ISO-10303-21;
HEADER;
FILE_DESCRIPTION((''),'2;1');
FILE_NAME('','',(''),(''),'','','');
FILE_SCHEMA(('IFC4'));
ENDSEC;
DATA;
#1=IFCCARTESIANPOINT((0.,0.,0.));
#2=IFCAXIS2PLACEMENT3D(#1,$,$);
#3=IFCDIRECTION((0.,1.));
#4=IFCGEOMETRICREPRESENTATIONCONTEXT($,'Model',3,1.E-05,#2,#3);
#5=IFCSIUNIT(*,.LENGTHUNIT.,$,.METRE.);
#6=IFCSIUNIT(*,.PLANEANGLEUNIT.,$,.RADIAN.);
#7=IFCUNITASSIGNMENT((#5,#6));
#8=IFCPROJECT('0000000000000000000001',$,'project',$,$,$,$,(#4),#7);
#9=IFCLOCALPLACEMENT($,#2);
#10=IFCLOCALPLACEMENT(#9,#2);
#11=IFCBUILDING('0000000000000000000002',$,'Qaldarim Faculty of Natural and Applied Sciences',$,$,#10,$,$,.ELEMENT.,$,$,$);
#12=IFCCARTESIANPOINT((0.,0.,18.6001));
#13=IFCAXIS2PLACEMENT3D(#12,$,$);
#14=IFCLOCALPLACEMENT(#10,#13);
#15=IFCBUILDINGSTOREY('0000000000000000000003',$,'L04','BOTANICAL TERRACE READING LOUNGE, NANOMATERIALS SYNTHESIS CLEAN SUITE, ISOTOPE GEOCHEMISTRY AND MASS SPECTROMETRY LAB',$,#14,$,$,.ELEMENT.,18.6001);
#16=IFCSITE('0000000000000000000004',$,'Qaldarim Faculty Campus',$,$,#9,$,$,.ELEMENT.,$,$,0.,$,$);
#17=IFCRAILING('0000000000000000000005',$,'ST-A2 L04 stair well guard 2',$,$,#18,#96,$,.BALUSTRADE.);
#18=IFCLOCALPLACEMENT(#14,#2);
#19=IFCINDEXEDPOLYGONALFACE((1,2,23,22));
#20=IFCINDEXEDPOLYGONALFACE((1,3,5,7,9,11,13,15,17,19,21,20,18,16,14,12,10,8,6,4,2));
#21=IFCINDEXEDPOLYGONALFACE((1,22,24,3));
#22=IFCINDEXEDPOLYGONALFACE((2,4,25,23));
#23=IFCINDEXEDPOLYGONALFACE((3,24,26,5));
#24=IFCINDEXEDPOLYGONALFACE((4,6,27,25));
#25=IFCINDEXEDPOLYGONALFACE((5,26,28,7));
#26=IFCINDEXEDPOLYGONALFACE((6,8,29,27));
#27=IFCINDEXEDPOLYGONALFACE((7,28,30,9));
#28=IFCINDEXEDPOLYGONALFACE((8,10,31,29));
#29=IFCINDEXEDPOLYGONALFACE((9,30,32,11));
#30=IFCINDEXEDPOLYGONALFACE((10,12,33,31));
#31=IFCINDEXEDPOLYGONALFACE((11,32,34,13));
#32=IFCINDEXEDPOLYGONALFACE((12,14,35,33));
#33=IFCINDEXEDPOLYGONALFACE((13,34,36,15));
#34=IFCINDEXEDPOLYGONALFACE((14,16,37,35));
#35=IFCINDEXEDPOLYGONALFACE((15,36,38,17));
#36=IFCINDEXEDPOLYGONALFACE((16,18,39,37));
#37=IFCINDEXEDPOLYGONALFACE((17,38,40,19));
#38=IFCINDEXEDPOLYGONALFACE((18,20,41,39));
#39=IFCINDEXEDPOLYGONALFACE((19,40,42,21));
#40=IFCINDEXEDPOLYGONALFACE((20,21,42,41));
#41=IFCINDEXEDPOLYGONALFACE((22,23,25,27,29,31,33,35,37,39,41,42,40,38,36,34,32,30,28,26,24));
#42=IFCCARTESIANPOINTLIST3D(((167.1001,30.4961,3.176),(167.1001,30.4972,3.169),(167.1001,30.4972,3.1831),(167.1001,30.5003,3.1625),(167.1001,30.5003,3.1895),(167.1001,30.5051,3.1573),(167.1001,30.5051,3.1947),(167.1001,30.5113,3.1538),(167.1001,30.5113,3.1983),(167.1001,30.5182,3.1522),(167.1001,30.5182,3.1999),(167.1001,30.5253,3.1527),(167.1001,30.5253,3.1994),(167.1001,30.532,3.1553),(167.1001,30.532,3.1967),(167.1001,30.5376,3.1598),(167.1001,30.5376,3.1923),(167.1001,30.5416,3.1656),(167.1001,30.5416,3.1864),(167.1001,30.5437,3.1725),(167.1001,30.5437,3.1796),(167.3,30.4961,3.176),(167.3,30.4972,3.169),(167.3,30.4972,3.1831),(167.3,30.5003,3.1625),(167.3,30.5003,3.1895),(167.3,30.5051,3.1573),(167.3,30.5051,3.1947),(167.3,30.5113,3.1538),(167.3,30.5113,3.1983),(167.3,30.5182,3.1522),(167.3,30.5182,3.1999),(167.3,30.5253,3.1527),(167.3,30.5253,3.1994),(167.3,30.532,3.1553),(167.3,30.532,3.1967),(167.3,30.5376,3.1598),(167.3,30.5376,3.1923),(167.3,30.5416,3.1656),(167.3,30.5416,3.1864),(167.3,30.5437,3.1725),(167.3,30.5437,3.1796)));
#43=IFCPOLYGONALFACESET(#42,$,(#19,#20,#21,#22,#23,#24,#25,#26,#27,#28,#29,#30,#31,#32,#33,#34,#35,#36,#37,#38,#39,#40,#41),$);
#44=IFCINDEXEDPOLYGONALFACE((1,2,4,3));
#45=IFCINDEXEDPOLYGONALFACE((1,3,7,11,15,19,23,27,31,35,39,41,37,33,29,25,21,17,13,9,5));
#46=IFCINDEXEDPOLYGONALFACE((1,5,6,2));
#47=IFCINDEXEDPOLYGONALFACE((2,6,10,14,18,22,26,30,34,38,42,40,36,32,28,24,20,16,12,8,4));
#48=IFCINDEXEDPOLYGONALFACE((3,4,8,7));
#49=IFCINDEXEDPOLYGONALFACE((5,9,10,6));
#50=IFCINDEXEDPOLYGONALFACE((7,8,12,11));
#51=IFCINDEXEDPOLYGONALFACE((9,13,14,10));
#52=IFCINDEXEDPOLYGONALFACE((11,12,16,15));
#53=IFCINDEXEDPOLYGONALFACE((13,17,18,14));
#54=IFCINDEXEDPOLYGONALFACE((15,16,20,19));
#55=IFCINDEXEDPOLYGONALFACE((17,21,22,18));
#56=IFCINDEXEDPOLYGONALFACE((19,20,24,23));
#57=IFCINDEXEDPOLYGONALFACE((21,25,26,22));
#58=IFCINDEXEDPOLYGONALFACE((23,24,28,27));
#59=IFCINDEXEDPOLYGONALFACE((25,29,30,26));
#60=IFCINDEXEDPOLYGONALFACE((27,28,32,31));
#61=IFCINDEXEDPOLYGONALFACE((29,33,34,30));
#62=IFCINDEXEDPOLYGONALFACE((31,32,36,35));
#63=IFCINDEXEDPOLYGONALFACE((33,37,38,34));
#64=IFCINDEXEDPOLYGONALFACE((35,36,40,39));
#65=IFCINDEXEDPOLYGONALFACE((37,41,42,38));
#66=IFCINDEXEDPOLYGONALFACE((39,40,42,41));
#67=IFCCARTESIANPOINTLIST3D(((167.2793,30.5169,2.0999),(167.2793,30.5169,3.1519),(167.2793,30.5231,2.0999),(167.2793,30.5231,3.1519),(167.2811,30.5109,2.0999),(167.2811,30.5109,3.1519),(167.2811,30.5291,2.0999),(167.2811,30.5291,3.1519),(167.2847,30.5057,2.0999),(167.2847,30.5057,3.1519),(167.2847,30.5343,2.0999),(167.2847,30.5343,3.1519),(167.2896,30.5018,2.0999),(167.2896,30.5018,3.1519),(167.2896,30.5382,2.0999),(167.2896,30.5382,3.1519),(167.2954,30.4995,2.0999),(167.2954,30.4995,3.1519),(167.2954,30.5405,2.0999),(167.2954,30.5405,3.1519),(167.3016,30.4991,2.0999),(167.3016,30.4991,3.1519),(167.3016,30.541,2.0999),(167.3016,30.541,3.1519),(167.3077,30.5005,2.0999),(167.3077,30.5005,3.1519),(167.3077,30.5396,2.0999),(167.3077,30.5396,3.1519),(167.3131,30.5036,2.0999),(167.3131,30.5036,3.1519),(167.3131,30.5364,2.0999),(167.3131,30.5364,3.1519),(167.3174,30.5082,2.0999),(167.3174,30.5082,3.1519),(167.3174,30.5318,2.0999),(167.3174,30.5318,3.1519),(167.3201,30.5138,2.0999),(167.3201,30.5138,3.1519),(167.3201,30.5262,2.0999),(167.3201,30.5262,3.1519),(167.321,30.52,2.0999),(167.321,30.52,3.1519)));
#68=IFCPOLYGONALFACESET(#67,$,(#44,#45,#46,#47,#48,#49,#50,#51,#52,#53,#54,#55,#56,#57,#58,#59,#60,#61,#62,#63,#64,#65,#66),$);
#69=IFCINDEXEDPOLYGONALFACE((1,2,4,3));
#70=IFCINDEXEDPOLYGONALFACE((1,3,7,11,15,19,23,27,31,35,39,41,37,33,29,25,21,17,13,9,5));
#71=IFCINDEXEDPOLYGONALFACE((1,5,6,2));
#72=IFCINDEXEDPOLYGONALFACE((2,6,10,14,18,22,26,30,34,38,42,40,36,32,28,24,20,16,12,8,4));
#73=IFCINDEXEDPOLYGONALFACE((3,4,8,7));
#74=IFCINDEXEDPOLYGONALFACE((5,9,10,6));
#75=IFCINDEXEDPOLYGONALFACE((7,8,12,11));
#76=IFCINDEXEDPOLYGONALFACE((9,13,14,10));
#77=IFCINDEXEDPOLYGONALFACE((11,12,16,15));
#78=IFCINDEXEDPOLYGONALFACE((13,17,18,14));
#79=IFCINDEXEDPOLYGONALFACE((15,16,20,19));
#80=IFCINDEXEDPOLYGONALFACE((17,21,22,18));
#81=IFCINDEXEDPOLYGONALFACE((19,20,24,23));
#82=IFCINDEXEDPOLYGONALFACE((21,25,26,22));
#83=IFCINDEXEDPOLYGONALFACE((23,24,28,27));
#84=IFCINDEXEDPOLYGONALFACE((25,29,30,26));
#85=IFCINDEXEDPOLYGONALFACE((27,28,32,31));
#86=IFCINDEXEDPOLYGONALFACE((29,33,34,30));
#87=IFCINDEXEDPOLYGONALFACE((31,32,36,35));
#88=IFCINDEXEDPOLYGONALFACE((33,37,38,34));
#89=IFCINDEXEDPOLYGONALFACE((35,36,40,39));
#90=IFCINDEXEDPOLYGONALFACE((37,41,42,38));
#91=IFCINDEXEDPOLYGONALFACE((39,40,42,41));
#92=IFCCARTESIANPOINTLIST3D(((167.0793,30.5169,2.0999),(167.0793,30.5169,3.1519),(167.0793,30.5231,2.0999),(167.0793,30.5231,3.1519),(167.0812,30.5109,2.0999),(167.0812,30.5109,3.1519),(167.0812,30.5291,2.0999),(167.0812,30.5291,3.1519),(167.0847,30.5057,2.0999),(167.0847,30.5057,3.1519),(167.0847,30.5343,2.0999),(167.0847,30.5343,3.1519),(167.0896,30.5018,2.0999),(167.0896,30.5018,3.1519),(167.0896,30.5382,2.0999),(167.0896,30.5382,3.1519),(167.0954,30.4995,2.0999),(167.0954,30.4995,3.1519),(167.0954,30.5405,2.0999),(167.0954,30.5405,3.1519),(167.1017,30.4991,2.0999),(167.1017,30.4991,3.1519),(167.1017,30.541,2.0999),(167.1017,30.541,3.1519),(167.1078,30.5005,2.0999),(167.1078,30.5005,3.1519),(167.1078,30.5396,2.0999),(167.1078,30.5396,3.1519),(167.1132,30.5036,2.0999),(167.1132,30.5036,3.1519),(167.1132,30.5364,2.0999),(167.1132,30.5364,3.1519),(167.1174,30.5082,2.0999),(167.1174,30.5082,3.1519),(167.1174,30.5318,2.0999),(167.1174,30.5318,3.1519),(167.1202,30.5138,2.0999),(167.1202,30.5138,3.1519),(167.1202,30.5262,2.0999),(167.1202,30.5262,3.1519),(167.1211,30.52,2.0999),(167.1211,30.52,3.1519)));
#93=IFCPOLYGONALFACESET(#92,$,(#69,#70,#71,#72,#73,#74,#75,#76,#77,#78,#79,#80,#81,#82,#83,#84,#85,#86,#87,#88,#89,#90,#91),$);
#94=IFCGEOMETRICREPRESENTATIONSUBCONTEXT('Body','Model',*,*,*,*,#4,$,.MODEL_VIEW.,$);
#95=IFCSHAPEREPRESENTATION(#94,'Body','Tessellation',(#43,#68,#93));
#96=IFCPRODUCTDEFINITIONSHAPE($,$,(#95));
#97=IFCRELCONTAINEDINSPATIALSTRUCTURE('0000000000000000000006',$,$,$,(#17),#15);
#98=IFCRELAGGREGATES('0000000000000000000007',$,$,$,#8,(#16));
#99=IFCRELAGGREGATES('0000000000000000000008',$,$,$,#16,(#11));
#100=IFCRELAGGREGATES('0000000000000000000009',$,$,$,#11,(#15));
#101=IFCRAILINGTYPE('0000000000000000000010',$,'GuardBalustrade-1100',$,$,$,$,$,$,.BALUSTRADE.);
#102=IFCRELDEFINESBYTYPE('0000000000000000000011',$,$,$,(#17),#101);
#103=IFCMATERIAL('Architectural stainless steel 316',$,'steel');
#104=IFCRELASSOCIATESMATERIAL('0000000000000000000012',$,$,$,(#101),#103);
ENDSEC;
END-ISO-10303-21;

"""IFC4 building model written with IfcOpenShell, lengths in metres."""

from ifc_helpers import new_model, si_unit, direction, frame, origin, origin_2d, place, context, subcontext, project, spatial, circle, extrude, material, type_object, element, save


model = new_model("IFC4")

# Units and contexts
model_context = context("Model", 3, precision=1e-05, world=origin(), true_north=direction((0.0, 1.0)))
body_context = subcontext(model_context, "Body", "Model", "MODEL_VIEW")
ifc_project = project(units=[si_unit("LENGTHUNIT", "METRE"), si_unit("PLANEANGLEUNIT", "RADIAN")], contexts=[model_context])

# Site, building, storey
site_placement = place(None, origin())
site = spatial("IfcSite", under=ifc_project, at=site_placement, Name="Qaldarim Faculty Campus", CompositionType="ELEMENT", RefElevation=0.0)
building_placement = place(site_placement, origin())
building = spatial("IfcBuilding", under=site, at=building_placement, Name="Qaldarim Faculty of Natural and Applied Sciences", CompositionType="ELEMENT")
storey_placement = place(building_placement, frame((0.0, 0.0, 18.6001)))
storey = spatial("IfcBuildingStorey", under=building, at=storey_placement, Name="L04", Description="BOTANICAL TERRACE READING LOUNGE, NANOMATERIALS SYNTHESIS CLEAN SUITE, ISOTOPE GEOCHEMISTRY AND MASS SPECTROMETRY LAB", CompositionType="ELEMENT", Elevation=18.6001)

# Shared definitions
ifc_material_1 = material(Name="Architectural stainless steel 316", Category="steel")

# Railing
railing_type_1 = type_object("IfcRailingType", Name="GuardBalustrade-1100", PredefinedType="BALUSTRADE", material=ifc_material_1)
railing_1_placement = place(storey_placement, frame((167.3, 30.52, 2.0999)))
element("IfcRailing", 1, at=railing_1_placement, inside=storey, type_object=railing_type_1, Name="ST-A2 L04 stair well guard 2", PredefinedType="BALUSTRADE", context=body_context, shape_type="SweptSolid", body=[
    extrude(circle(Radius=0.0239, at=origin_2d()), frame((0.0, 0.0, 1.0762), z_axis=(-1.0, 0.0, 0.0), x_axis=(0.0, -1.0, 0.0)), (0.0, 0.0, 1.0), 0.2),
    extrude(circle(Radius=0.021, at=origin_2d()), origin(), (0.0, 0.0, 1.0), 1.052),
    extrude(circle(Radius=0.021, at=origin_2d()), frame((-0.2, 0.0, 0.0)), (0.0, 0.0, 1.0), 1.052),
])

save(model, "model.ifc")
